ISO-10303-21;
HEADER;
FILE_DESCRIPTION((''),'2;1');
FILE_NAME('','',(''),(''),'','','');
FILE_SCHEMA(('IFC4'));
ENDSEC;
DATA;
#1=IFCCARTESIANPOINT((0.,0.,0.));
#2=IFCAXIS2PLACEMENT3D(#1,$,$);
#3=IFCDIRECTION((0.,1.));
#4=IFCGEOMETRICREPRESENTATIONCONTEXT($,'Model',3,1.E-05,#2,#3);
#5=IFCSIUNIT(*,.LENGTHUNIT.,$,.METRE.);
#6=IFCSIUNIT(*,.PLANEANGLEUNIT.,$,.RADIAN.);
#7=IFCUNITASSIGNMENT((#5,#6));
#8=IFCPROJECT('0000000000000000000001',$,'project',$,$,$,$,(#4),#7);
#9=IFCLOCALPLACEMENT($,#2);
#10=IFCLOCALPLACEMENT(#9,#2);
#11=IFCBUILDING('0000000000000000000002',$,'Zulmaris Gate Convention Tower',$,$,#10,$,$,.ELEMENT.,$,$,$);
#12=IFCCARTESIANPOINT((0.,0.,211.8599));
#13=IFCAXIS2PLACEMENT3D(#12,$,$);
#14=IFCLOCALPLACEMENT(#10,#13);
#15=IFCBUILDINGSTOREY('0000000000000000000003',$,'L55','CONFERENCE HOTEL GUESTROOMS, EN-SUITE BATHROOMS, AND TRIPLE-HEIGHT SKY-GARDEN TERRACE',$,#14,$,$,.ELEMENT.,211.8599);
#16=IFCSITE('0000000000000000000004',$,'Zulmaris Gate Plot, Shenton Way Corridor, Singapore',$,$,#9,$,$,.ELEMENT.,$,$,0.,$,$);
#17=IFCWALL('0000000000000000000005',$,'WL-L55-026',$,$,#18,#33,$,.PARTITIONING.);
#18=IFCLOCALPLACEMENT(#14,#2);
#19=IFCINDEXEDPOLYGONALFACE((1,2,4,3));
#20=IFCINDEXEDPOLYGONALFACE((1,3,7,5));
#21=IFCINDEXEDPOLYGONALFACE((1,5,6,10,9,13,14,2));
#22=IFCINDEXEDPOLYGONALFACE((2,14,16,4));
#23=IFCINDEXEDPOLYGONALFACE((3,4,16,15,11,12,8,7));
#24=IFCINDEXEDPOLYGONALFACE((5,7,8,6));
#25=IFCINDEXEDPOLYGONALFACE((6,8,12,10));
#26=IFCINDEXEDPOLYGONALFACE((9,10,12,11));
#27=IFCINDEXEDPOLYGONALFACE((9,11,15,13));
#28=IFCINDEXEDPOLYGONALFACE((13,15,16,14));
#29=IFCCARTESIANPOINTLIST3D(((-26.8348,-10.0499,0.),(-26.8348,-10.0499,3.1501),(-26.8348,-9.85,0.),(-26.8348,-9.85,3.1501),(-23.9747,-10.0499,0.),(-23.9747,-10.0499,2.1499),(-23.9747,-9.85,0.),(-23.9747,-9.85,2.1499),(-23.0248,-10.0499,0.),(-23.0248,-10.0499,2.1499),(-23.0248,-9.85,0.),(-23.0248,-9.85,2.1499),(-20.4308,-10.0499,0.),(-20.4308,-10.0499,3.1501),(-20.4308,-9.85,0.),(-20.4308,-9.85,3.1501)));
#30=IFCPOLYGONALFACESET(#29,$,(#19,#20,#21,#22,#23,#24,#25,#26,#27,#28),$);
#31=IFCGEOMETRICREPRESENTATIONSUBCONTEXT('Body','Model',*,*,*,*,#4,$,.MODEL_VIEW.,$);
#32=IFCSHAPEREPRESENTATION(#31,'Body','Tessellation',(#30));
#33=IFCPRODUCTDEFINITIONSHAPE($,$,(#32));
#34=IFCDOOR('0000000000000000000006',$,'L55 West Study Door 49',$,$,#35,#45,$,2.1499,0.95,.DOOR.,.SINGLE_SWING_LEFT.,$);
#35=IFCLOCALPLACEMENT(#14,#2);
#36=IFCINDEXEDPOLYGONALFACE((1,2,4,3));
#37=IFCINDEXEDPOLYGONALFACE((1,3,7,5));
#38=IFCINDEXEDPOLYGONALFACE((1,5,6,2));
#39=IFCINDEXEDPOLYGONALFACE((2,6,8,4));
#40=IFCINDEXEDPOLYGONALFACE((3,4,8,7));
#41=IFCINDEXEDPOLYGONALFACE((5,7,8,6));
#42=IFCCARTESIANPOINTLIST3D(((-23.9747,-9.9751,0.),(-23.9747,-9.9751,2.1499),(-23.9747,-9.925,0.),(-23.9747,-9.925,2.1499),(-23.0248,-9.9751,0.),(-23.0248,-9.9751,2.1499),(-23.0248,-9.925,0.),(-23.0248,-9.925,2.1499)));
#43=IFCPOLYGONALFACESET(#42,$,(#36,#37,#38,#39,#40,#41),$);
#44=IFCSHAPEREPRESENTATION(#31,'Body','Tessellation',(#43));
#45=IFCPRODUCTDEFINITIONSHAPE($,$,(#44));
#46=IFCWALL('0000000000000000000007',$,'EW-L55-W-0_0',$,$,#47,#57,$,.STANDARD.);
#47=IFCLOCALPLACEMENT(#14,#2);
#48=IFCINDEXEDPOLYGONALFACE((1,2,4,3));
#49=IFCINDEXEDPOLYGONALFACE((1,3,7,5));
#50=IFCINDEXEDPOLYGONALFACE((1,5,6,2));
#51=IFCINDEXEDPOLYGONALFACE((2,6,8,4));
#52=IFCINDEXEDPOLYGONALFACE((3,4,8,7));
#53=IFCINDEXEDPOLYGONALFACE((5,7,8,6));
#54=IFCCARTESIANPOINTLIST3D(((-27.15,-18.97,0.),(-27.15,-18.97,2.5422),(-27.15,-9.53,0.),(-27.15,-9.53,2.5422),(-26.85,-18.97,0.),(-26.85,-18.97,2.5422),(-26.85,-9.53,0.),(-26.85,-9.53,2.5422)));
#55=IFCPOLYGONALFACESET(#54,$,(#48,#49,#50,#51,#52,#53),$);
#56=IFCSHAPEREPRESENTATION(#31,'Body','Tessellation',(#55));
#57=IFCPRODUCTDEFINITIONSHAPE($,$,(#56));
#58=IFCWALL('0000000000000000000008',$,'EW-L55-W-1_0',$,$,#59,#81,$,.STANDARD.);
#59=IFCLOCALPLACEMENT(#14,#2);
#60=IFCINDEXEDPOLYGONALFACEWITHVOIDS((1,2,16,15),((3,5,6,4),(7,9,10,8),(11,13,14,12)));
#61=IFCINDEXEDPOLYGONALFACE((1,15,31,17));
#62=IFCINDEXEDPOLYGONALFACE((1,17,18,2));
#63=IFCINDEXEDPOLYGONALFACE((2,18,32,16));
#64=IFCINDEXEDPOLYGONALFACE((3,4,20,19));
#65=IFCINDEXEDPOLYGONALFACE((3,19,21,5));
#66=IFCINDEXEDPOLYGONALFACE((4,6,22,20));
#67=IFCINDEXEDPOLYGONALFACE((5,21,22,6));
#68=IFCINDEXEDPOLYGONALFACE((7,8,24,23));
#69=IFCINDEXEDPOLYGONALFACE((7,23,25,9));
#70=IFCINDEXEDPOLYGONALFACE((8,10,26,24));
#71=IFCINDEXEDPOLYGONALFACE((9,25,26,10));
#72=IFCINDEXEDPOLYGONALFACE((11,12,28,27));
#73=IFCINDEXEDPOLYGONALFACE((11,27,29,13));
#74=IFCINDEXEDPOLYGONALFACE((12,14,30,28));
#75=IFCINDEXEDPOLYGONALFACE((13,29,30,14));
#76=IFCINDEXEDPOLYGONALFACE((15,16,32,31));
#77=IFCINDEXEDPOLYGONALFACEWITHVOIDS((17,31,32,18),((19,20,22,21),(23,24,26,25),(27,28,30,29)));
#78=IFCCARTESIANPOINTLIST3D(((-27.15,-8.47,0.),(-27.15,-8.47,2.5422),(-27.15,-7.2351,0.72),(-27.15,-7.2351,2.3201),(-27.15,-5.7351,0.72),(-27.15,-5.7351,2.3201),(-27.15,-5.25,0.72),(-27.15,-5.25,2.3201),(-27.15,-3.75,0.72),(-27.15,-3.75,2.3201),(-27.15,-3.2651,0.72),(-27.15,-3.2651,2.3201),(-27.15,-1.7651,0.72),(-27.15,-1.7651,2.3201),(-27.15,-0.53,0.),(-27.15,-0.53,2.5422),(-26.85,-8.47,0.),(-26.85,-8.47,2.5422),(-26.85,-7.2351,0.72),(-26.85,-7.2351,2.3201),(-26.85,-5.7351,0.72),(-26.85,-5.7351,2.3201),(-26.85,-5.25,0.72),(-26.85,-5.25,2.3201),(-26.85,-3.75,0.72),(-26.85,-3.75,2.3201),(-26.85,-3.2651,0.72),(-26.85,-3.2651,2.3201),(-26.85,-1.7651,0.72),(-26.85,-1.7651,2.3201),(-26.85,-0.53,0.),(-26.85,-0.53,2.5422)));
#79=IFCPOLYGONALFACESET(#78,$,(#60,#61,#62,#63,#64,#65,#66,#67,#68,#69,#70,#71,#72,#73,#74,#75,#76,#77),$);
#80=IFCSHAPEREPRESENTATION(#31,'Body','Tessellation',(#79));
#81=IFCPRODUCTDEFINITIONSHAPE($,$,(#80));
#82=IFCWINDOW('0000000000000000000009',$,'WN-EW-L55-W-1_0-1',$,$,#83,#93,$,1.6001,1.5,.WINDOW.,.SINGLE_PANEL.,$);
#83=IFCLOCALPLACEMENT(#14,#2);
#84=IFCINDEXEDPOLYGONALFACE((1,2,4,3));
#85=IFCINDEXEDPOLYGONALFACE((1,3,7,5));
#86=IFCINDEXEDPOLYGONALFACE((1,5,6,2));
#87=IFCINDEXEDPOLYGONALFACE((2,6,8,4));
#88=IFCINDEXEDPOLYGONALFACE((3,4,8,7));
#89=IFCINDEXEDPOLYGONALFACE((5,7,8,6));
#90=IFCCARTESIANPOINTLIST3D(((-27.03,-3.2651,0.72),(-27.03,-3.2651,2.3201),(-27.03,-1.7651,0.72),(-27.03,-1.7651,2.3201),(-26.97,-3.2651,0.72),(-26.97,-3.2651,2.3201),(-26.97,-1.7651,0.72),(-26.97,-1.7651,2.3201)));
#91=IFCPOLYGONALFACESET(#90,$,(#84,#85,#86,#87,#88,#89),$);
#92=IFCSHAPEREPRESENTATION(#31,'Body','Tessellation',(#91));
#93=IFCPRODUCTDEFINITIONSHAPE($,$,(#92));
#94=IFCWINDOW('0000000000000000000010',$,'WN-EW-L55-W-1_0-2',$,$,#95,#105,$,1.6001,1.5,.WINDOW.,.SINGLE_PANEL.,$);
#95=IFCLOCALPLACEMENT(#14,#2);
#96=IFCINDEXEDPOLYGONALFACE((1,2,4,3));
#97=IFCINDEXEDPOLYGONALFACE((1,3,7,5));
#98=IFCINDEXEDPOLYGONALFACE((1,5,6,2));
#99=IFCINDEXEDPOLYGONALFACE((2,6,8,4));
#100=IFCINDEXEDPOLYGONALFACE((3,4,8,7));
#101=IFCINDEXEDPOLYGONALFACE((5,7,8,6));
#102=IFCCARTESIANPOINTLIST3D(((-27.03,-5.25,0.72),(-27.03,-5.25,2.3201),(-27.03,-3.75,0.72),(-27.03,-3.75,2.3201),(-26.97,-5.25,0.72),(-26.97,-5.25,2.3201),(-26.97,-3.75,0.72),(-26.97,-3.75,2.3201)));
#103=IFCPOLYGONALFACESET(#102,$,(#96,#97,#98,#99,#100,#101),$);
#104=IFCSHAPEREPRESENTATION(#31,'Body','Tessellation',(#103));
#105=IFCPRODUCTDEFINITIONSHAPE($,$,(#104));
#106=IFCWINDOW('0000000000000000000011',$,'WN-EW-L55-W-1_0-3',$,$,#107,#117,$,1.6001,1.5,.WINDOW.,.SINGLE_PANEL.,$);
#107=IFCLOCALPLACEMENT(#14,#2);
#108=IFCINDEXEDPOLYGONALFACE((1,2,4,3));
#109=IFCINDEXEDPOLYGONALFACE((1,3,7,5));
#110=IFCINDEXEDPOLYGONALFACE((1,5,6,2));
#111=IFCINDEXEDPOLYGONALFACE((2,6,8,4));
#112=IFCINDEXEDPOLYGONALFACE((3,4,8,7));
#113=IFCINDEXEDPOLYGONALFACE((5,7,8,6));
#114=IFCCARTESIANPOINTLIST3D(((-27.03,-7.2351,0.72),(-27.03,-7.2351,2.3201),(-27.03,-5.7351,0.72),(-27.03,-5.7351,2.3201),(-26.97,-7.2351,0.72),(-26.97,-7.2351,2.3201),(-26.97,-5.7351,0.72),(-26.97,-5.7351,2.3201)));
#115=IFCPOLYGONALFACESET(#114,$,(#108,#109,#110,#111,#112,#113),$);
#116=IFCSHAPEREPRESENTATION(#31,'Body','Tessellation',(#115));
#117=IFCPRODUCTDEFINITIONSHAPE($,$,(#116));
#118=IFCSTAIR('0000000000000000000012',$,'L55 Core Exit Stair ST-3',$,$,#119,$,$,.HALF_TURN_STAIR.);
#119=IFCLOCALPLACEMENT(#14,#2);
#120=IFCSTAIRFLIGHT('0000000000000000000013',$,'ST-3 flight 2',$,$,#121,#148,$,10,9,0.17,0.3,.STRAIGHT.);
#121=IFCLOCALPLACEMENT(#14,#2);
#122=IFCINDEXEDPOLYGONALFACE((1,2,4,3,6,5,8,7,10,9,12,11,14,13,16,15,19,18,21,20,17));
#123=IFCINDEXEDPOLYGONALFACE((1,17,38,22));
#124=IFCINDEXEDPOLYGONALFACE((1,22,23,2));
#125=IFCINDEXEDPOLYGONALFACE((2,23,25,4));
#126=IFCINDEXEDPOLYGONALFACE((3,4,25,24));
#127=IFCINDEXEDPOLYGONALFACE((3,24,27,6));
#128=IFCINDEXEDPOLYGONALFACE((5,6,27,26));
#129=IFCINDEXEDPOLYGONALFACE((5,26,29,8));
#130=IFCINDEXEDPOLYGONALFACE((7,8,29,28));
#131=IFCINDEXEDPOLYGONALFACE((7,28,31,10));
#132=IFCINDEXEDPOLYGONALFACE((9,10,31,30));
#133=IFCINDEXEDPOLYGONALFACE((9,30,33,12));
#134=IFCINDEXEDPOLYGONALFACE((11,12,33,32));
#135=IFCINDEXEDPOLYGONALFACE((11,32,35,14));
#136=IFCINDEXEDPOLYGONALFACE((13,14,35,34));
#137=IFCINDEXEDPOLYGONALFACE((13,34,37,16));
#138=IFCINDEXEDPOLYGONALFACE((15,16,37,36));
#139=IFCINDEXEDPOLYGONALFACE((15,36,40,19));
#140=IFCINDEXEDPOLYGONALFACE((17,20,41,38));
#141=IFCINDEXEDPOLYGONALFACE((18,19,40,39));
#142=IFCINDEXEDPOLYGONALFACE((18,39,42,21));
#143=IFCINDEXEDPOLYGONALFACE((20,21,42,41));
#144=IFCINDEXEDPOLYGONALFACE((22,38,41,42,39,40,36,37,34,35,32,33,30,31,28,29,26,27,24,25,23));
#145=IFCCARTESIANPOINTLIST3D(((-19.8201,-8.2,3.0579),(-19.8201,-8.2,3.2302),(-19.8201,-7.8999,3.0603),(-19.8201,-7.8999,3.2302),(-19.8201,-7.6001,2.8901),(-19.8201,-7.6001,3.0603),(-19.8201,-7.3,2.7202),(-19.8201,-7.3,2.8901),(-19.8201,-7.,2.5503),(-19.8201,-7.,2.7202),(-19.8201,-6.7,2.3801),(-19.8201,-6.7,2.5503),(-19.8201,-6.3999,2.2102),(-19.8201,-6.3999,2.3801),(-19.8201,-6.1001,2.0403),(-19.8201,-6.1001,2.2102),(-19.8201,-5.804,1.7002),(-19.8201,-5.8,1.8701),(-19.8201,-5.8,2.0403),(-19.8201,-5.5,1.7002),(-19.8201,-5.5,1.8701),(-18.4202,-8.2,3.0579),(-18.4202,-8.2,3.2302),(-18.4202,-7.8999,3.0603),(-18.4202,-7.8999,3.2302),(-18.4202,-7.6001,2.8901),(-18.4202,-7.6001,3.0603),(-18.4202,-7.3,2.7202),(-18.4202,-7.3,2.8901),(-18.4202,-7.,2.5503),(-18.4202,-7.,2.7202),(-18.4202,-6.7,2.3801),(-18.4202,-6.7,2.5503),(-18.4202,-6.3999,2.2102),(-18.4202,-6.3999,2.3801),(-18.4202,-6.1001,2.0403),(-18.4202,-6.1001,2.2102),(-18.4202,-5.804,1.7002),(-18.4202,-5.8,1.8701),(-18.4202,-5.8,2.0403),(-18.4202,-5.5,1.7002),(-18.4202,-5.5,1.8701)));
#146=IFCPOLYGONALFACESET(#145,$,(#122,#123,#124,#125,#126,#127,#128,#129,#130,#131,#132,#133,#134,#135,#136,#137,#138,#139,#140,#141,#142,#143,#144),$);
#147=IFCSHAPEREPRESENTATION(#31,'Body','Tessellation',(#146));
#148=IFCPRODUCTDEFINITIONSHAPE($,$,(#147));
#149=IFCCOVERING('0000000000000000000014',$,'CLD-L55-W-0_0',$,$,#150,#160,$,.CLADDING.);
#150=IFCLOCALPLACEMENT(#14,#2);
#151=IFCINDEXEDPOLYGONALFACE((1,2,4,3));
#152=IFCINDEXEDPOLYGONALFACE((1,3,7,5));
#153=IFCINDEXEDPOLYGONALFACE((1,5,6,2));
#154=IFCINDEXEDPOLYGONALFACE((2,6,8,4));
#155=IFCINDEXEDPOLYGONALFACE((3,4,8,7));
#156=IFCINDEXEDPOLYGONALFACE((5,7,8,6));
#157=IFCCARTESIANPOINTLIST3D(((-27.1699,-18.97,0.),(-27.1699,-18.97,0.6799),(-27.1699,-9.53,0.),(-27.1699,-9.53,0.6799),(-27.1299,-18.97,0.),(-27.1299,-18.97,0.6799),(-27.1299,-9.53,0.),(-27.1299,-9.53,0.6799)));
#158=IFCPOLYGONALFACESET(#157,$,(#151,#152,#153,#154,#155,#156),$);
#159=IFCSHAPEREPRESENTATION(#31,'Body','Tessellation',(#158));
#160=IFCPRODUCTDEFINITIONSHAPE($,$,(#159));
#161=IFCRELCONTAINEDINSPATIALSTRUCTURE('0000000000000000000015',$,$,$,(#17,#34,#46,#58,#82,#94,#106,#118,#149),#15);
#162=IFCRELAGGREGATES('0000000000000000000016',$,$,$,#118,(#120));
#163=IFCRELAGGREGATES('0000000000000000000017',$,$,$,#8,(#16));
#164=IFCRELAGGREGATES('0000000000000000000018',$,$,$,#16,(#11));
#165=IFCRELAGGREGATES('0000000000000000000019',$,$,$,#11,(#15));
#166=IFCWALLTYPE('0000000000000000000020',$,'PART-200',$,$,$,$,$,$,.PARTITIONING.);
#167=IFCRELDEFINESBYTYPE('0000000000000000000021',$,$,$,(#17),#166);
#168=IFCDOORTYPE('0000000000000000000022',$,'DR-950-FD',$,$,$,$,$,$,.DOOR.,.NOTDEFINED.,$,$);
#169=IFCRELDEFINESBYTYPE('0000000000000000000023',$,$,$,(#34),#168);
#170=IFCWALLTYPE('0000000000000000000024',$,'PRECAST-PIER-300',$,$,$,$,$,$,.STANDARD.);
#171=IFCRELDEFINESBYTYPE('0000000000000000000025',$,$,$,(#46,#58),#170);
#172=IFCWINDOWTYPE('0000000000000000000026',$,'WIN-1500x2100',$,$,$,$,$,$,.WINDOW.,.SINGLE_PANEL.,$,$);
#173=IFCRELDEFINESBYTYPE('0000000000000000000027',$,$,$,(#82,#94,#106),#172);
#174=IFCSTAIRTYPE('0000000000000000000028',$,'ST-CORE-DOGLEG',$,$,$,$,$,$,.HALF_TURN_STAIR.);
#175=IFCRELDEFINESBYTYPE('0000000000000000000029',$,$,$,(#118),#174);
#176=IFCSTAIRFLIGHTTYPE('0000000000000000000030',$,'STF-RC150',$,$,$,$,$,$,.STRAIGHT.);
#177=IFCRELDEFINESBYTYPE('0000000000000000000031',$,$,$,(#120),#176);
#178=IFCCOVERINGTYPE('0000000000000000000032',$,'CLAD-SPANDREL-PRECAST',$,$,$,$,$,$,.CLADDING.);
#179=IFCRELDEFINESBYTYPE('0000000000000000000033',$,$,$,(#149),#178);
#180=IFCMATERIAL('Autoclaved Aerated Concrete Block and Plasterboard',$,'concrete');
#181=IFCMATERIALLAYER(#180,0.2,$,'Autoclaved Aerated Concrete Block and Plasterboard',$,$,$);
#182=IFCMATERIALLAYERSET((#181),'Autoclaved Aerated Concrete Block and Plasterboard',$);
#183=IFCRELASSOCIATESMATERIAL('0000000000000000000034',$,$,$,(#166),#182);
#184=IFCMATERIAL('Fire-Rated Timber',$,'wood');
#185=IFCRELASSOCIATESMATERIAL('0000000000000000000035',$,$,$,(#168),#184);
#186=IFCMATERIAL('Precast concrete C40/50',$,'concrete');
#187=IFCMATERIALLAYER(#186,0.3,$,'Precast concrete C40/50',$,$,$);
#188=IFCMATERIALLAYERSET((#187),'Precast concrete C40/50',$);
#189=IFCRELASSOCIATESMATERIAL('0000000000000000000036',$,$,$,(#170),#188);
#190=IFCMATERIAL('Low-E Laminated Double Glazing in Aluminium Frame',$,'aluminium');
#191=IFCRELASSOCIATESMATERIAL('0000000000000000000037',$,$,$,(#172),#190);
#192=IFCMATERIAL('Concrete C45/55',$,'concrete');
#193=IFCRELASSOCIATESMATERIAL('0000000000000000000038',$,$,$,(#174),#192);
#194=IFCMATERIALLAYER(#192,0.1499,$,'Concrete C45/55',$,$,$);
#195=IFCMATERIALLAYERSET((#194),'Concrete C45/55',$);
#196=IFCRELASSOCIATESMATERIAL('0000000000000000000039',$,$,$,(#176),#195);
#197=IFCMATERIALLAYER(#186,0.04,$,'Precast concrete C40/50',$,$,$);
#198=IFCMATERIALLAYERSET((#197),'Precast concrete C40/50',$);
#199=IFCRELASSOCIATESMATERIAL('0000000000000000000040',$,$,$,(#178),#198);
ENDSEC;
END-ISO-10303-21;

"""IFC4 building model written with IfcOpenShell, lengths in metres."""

from ifc_helpers import new_model, si_unit, direction, frame, frame_2d, origin, place, context, subcontext, project, spatial, polyline, rectangle, outline, extrude, material, layer, layer_set, type_object, element, fill, aggregate, save


model = new_model("IFC4")

# Units and contexts
model_context = context("Model", 3, precision=1e-05, world=origin(), true_north=direction((0.0, 1.0)))
body_context = subcontext(model_context, "Body", "Model", "MODEL_VIEW")
ifc_project = project(units=[si_unit("LENGTHUNIT", "METRE"), si_unit("PLANEANGLEUNIT", "RADIAN")], contexts=[model_context])

# Site, building, storey
site_placement = place(None, origin())
site = spatial("IfcSite", under=ifc_project, at=site_placement, Name="Zulmaris Gate Plot, Shenton Way Corridor, Singapore", CompositionType="ELEMENT", RefElevation=0.0)
building_placement = place(site_placement, origin())
building = spatial("IfcBuilding", under=site, at=building_placement, Name="Zulmaris Gate Convention Tower", CompositionType="ELEMENT")
storey_placement = place(building_placement, frame((0.0, 0.0, 211.8599)))
storey = spatial("IfcBuildingStorey", under=building, at=storey_placement, Name="L55", Description="CONFERENCE HOTEL GUESTROOMS, EN-SUITE BATHROOMS, AND TRIPLE-HEIGHT SKY-GARDEN TERRACE", CompositionType="ELEMENT", Elevation=211.8599)

# Wall, opening, door
ifc_material_1 = material(Name="Autoclaved Aerated Concrete Block and Plasterboard", Category="concrete")
ifc_layer_1 = layer(ifc_material_1, 0.2, Name="Autoclaved Aerated Concrete Block and Plasterboard")
ifc_layer_set_1 = layer_set([ifc_layer_1], Name="Autoclaved Aerated Concrete Block and Plasterboard")
wall_type_1 = type_object("IfcWallType", Name="PART-200", PredefinedType="PARTITIONING", material=ifc_layer_set_1)
wall_1_placement = place(storey_placement, frame((-26.835, -9.95, 0.0), z_axis=(0.0, 0.0, 1.0), x_axis=(1.0, 0.0, 0.0)))
wall_1 = element("IfcWall", 1, at=wall_1_placement, inside=storey, type_object=wall_type_1, Name="WL-L55-026", PredefinedType="PARTITIONING", context=body_context, shape_type="SweptSolid", body=[
    extrude(rectangle(XDim=6.4041, YDim=0.2, at=frame_2d((3.2021, 0.0))), origin(), (0.0, 0.0, 1.0), 3.1501),
])
opening_1_placement = place(wall_1_placement, frame((2.8601, 0.0, 0.0)))
opening_1 = element("IfcOpeningElement", 2, at=opening_1_placement, cuts=wall_1, PredefinedType="OPENING", context=body_context, shape_type="SweptSolid", body=[
    extrude(rectangle(XDim=0.95, YDim=2.1499, at=frame_2d((0.4751, 1.075))), frame((0.0, 0.1099, 0.0), z_axis=(0.0, -1.0, 0.0), x_axis=(1.0, 0.0, 0.0)), (0.0, 0.0, 1.0), 0.22),
])
ifc_material_2 = material(Name="Fire-Rated Timber", Category="wood")
door_type_1 = type_object("IfcDoorType", Name="DR-950-FD", OperationType="NOTDEFINED", PredefinedType="DOOR", material=ifc_material_2)
door_1_placement = place(opening_1_placement, origin())
door_1 = element("IfcDoor", 3, at=door_1_placement, inside=storey, type_object=door_type_1, Name="L55 West Study Door 49", OperationType="SINGLE_SWING_LEFT", OverallHeight=2.1499, OverallWidth=0.95, PredefinedType="DOOR", context=body_context, shape_type="SweptSolid", body=[
    extrude(rectangle(XDim=0.95, YDim=2.1499, at=frame_2d((0.4751, 1.075))), frame((0.0, 0.0249, 0.0), z_axis=(0.0, -1.0, 0.0), x_axis=(1.0, 0.0, 0.0)), (0.0, 0.0, 1.0), 0.05),
])
fill(opening_1, door_1)

# Wall
ifc_material_3 = material(Name="Precast concrete C40/50", Category="concrete")
ifc_layer_2 = layer(ifc_material_3, 0.3, Name="Precast concrete C40/50")
ifc_layer_set_2 = layer_set([ifc_layer_2], Name="Precast concrete C40/50")
wall_type_2 = type_object("IfcWallType", Name="PRECAST-PIER-300", PredefinedType="STANDARD", material=ifc_layer_set_2)
wall_2_placement = place(storey_placement, frame((-27.0, -9.53, 0.0), z_axis=(0.0, 0.0, 1.0), x_axis=(0.0, -1.0, 0.0)))
element("IfcWall", 4, at=wall_2_placement, inside=storey, type_object=wall_type_2, Name="EW-L55-W-0_0", PredefinedType="STANDARD", context=body_context, shape_type="SweptSolid", body=[
    extrude(rectangle(XDim=9.4399, YDim=0.3, at=frame_2d((4.72, 0.0))), origin(), (0.0, 0.0, 1.0), 2.5422),
])

# Wall, openings, windows
wall_3_placement = place(storey_placement, frame((-27.0, -0.53, 0.0), z_axis=(0.0, 0.0, 1.0), x_axis=(0.0, -1.0, 0.0)))
wall_3 = element("IfcWall", 5, at=wall_3_placement, inside=storey, type_object=wall_type_2, Name="EW-L55-W-1_0", PredefinedType="STANDARD", context=body_context, shape_type="SweptSolid", body=[
    extrude(rectangle(XDim=7.9399, YDim=0.3, at=frame_2d((3.97, 0.0))), origin(), (0.0, 0.0, 1.0), 2.5422),
])
opening_2_placement = place(wall_3_placement, frame((1.2351, 0.0, 0.72)))
opening_2 = element("IfcOpeningElement", 6, at=opening_2_placement, cuts=wall_3, PredefinedType="OPENING", context=body_context, shape_type="SweptSolid", body=[
    extrude(rectangle(XDim=1.5, YDim=1.6001, at=frame_2d((0.75, 0.8))), frame((0.0, 0.1602, 0.0), z_axis=(0.0, -1.0, 0.0), x_axis=(1.0, 0.0, 0.0)), (0.0, 0.0, 1.0), 0.3201),
])
opening_3_placement = place(wall_3_placement, frame((3.22, 0.0, 0.72)))
opening_3 = element("IfcOpeningElement", 7, at=opening_3_placement, cuts=wall_3, PredefinedType="OPENING", context=body_context, shape_type="SweptSolid", body=[
    extrude(rectangle(XDim=1.5, YDim=1.6001, at=frame_2d((0.75, 0.8))), frame((0.0, 0.1602, 0.0), z_axis=(0.0, -1.0, 0.0), x_axis=(1.0, 0.0, 0.0)), (0.0, 0.0, 1.0), 0.3201),
])
opening_4_placement = place(wall_3_placement, frame((5.2051, 0.0, 0.72)))
opening_4 = element("IfcOpeningElement", 8, at=opening_4_placement, cuts=wall_3, PredefinedType="OPENING", context=body_context, shape_type="SweptSolid", body=[
    extrude(rectangle(XDim=1.5, YDim=1.6001, at=frame_2d((0.75, 0.8))), frame((0.0, 0.1602, 0.0), z_axis=(0.0, -1.0, 0.0), x_axis=(1.0, 0.0, 0.0)), (0.0, 0.0, 1.0), 0.3201),
])
ifc_material_4 = material(Name="Low-E Laminated Double Glazing in Aluminium Frame", Category="aluminium")
window_type = type_object("IfcWindowType", Name="WIN-1500x2100", PartitioningType="SINGLE_PANEL", PredefinedType="WINDOW", material=ifc_material_4)
window_1_placement = place(opening_2_placement, origin())
window_1 = element("IfcWindow", 9, at=window_1_placement, inside=storey, type_object=window_type, Name="WN-EW-L55-W-1_0-1", OverallHeight=1.6001, OverallWidth=1.5, PartitioningType="SINGLE_PANEL", PredefinedType="WINDOW", context=body_context, shape_type="SweptSolid", body=[
    extrude(rectangle(XDim=1.5, YDim=1.6001, at=frame_2d((0.75, 0.8))), frame((0.0, 0.03, 0.0), z_axis=(0.0, -1.0, 0.0), x_axis=(1.0, 0.0, 0.0)), (0.0, 0.0, 1.0), 0.0601),
])
fill(opening_2, window_1)
window_2_placement = place(opening_3_placement, origin())
window_2 = element("IfcWindow", 10, at=window_2_placement, inside=storey, type_object=window_type, Name="WN-EW-L55-W-1_0-2", OverallHeight=1.6001, OverallWidth=1.5, PartitioningType="SINGLE_PANEL", PredefinedType="WINDOW", context=body_context, shape_type="SweptSolid", body=[
    extrude(rectangle(XDim=1.5, YDim=1.6001, at=frame_2d((0.75, 0.8))), frame((0.0, 0.03, 0.0), z_axis=(0.0, -1.0, 0.0), x_axis=(1.0, 0.0, 0.0)), (0.0, 0.0, 1.0), 0.0601),
])
fill(opening_3, window_2)
window_3_placement = place(opening_4_placement, origin())
window_3 = element("IfcWindow", 11, at=window_3_placement, inside=storey, type_object=window_type, Name="WN-EW-L55-W-1_0-3", OverallHeight=1.6001, OverallWidth=1.5, PartitioningType="SINGLE_PANEL", PredefinedType="WINDOW", context=body_context, shape_type="SweptSolid", body=[
    extrude(rectangle(XDim=1.5, YDim=1.6001, at=frame_2d((0.75, 0.8))), frame((0.0, 0.03, 0.0), z_axis=(0.0, -1.0, 0.0), x_axis=(1.0, 0.0, 0.0)), (0.0, 0.0, 1.0), 0.0601),
])
fill(opening_4, window_3)

# Stair, stair flight
ifc_material_5 = material(Name="Concrete C45/55", Category="concrete")
stair_type = type_object("IfcStairType", Name="ST-CORE-DOGLEG", PredefinedType="HALF_TURN_STAIR", material=ifc_material_5)
stair_placement = place(storey_placement, origin())
stair = element("IfcStair", 12, at=stair_placement, inside=storey, type_object=stair_type, Name="L55 Core Exit Stair ST-3", PredefinedType="HALF_TURN_STAIR")
ifc_layer_3 = layer(ifc_material_5, 0.1499, Name="Concrete C45/55")
ifc_layer_set_3 = layer_set([ifc_layer_3], Name="Concrete C45/55")
stair_flight_type = type_object("IfcStairFlightType", Name="STF-RC150", PredefinedType="STRAIGHT", material=ifc_layer_set_3)
stair_flight_placement = place(storey_placement, frame((-19.1201, -5.5, 1.7002), z_axis=(0.0, 0.0, 1.0), x_axis=(0.0, -1.0, 0.0)))
stair_flight = element("IfcStairFlight", 13, at=stair_flight_placement, type_object=stair_flight_type, Name="ST-3 flight 2", NumberOfRisers=10, NumberOfTreads=9, PredefinedType="STRAIGHT", RiserHeight=0.17, TreadLength=0.3, context=body_context, shape_type="SweptSolid", body=[
    extrude(outline(polyline([(0.0, 0.0), (0.0, 0.1699), (0.3, 0.1699), (0.3, 0.3401), (0.6001, 0.3401), (0.6001, 0.51), (0.8999, 0.51), (0.8999, 0.6799), (1.2, 0.6799), (1.2, 0.8501), (1.5, 0.8501), (1.5, 1.02), (1.8, 1.02), (1.8, 1.1899), (2.1001, 1.1899), (2.1001, 1.3601), (2.3999, 1.3601), (2.3999, 1.53), (2.7, 1.53), (2.7, 1.7), (2.7, 1.3577), (0.304, 0.0), (0.0, 0.0)])), frame((0.0, 0.7, 0.0), z_axis=(0.0, -1.0, 0.0), x_axis=(1.0, 0.0, 0.0)), (0.0, 0.0, 1.0), 1.3999),
])
aggregate(stair, [stair_flight])

# Covering
ifc_layer_4 = layer(ifc_material_3, 0.04, Name="Precast concrete C40/50")
ifc_layer_set_4 = layer_set([ifc_layer_4], Name="Precast concrete C40/50")
covering_type = type_object("IfcCoveringType", Name="CLAD-SPANDREL-PRECAST", PredefinedType="CLADDING", material=ifc_layer_set_4)
covering_1_placement = place(storey_placement, frame((-27.1499, -9.53, 0.0), z_axis=(0.0, 0.0, 1.0), x_axis=(0.0, -1.0, 0.0)))
element("IfcCovering", 14, at=covering_1_placement, inside=storey, type_object=covering_type, Name="CLD-L55-W-0_0", PredefinedType="CLADDING", context=body_context, shape_type="SweptSolid", body=[
    extrude(rectangle(XDim=9.4399, YDim=0.04, at=frame_2d((4.72, 0.0))), origin(), (0.0, 0.0, 1.0), 0.6799),
])

save(model, "model.ifc")
